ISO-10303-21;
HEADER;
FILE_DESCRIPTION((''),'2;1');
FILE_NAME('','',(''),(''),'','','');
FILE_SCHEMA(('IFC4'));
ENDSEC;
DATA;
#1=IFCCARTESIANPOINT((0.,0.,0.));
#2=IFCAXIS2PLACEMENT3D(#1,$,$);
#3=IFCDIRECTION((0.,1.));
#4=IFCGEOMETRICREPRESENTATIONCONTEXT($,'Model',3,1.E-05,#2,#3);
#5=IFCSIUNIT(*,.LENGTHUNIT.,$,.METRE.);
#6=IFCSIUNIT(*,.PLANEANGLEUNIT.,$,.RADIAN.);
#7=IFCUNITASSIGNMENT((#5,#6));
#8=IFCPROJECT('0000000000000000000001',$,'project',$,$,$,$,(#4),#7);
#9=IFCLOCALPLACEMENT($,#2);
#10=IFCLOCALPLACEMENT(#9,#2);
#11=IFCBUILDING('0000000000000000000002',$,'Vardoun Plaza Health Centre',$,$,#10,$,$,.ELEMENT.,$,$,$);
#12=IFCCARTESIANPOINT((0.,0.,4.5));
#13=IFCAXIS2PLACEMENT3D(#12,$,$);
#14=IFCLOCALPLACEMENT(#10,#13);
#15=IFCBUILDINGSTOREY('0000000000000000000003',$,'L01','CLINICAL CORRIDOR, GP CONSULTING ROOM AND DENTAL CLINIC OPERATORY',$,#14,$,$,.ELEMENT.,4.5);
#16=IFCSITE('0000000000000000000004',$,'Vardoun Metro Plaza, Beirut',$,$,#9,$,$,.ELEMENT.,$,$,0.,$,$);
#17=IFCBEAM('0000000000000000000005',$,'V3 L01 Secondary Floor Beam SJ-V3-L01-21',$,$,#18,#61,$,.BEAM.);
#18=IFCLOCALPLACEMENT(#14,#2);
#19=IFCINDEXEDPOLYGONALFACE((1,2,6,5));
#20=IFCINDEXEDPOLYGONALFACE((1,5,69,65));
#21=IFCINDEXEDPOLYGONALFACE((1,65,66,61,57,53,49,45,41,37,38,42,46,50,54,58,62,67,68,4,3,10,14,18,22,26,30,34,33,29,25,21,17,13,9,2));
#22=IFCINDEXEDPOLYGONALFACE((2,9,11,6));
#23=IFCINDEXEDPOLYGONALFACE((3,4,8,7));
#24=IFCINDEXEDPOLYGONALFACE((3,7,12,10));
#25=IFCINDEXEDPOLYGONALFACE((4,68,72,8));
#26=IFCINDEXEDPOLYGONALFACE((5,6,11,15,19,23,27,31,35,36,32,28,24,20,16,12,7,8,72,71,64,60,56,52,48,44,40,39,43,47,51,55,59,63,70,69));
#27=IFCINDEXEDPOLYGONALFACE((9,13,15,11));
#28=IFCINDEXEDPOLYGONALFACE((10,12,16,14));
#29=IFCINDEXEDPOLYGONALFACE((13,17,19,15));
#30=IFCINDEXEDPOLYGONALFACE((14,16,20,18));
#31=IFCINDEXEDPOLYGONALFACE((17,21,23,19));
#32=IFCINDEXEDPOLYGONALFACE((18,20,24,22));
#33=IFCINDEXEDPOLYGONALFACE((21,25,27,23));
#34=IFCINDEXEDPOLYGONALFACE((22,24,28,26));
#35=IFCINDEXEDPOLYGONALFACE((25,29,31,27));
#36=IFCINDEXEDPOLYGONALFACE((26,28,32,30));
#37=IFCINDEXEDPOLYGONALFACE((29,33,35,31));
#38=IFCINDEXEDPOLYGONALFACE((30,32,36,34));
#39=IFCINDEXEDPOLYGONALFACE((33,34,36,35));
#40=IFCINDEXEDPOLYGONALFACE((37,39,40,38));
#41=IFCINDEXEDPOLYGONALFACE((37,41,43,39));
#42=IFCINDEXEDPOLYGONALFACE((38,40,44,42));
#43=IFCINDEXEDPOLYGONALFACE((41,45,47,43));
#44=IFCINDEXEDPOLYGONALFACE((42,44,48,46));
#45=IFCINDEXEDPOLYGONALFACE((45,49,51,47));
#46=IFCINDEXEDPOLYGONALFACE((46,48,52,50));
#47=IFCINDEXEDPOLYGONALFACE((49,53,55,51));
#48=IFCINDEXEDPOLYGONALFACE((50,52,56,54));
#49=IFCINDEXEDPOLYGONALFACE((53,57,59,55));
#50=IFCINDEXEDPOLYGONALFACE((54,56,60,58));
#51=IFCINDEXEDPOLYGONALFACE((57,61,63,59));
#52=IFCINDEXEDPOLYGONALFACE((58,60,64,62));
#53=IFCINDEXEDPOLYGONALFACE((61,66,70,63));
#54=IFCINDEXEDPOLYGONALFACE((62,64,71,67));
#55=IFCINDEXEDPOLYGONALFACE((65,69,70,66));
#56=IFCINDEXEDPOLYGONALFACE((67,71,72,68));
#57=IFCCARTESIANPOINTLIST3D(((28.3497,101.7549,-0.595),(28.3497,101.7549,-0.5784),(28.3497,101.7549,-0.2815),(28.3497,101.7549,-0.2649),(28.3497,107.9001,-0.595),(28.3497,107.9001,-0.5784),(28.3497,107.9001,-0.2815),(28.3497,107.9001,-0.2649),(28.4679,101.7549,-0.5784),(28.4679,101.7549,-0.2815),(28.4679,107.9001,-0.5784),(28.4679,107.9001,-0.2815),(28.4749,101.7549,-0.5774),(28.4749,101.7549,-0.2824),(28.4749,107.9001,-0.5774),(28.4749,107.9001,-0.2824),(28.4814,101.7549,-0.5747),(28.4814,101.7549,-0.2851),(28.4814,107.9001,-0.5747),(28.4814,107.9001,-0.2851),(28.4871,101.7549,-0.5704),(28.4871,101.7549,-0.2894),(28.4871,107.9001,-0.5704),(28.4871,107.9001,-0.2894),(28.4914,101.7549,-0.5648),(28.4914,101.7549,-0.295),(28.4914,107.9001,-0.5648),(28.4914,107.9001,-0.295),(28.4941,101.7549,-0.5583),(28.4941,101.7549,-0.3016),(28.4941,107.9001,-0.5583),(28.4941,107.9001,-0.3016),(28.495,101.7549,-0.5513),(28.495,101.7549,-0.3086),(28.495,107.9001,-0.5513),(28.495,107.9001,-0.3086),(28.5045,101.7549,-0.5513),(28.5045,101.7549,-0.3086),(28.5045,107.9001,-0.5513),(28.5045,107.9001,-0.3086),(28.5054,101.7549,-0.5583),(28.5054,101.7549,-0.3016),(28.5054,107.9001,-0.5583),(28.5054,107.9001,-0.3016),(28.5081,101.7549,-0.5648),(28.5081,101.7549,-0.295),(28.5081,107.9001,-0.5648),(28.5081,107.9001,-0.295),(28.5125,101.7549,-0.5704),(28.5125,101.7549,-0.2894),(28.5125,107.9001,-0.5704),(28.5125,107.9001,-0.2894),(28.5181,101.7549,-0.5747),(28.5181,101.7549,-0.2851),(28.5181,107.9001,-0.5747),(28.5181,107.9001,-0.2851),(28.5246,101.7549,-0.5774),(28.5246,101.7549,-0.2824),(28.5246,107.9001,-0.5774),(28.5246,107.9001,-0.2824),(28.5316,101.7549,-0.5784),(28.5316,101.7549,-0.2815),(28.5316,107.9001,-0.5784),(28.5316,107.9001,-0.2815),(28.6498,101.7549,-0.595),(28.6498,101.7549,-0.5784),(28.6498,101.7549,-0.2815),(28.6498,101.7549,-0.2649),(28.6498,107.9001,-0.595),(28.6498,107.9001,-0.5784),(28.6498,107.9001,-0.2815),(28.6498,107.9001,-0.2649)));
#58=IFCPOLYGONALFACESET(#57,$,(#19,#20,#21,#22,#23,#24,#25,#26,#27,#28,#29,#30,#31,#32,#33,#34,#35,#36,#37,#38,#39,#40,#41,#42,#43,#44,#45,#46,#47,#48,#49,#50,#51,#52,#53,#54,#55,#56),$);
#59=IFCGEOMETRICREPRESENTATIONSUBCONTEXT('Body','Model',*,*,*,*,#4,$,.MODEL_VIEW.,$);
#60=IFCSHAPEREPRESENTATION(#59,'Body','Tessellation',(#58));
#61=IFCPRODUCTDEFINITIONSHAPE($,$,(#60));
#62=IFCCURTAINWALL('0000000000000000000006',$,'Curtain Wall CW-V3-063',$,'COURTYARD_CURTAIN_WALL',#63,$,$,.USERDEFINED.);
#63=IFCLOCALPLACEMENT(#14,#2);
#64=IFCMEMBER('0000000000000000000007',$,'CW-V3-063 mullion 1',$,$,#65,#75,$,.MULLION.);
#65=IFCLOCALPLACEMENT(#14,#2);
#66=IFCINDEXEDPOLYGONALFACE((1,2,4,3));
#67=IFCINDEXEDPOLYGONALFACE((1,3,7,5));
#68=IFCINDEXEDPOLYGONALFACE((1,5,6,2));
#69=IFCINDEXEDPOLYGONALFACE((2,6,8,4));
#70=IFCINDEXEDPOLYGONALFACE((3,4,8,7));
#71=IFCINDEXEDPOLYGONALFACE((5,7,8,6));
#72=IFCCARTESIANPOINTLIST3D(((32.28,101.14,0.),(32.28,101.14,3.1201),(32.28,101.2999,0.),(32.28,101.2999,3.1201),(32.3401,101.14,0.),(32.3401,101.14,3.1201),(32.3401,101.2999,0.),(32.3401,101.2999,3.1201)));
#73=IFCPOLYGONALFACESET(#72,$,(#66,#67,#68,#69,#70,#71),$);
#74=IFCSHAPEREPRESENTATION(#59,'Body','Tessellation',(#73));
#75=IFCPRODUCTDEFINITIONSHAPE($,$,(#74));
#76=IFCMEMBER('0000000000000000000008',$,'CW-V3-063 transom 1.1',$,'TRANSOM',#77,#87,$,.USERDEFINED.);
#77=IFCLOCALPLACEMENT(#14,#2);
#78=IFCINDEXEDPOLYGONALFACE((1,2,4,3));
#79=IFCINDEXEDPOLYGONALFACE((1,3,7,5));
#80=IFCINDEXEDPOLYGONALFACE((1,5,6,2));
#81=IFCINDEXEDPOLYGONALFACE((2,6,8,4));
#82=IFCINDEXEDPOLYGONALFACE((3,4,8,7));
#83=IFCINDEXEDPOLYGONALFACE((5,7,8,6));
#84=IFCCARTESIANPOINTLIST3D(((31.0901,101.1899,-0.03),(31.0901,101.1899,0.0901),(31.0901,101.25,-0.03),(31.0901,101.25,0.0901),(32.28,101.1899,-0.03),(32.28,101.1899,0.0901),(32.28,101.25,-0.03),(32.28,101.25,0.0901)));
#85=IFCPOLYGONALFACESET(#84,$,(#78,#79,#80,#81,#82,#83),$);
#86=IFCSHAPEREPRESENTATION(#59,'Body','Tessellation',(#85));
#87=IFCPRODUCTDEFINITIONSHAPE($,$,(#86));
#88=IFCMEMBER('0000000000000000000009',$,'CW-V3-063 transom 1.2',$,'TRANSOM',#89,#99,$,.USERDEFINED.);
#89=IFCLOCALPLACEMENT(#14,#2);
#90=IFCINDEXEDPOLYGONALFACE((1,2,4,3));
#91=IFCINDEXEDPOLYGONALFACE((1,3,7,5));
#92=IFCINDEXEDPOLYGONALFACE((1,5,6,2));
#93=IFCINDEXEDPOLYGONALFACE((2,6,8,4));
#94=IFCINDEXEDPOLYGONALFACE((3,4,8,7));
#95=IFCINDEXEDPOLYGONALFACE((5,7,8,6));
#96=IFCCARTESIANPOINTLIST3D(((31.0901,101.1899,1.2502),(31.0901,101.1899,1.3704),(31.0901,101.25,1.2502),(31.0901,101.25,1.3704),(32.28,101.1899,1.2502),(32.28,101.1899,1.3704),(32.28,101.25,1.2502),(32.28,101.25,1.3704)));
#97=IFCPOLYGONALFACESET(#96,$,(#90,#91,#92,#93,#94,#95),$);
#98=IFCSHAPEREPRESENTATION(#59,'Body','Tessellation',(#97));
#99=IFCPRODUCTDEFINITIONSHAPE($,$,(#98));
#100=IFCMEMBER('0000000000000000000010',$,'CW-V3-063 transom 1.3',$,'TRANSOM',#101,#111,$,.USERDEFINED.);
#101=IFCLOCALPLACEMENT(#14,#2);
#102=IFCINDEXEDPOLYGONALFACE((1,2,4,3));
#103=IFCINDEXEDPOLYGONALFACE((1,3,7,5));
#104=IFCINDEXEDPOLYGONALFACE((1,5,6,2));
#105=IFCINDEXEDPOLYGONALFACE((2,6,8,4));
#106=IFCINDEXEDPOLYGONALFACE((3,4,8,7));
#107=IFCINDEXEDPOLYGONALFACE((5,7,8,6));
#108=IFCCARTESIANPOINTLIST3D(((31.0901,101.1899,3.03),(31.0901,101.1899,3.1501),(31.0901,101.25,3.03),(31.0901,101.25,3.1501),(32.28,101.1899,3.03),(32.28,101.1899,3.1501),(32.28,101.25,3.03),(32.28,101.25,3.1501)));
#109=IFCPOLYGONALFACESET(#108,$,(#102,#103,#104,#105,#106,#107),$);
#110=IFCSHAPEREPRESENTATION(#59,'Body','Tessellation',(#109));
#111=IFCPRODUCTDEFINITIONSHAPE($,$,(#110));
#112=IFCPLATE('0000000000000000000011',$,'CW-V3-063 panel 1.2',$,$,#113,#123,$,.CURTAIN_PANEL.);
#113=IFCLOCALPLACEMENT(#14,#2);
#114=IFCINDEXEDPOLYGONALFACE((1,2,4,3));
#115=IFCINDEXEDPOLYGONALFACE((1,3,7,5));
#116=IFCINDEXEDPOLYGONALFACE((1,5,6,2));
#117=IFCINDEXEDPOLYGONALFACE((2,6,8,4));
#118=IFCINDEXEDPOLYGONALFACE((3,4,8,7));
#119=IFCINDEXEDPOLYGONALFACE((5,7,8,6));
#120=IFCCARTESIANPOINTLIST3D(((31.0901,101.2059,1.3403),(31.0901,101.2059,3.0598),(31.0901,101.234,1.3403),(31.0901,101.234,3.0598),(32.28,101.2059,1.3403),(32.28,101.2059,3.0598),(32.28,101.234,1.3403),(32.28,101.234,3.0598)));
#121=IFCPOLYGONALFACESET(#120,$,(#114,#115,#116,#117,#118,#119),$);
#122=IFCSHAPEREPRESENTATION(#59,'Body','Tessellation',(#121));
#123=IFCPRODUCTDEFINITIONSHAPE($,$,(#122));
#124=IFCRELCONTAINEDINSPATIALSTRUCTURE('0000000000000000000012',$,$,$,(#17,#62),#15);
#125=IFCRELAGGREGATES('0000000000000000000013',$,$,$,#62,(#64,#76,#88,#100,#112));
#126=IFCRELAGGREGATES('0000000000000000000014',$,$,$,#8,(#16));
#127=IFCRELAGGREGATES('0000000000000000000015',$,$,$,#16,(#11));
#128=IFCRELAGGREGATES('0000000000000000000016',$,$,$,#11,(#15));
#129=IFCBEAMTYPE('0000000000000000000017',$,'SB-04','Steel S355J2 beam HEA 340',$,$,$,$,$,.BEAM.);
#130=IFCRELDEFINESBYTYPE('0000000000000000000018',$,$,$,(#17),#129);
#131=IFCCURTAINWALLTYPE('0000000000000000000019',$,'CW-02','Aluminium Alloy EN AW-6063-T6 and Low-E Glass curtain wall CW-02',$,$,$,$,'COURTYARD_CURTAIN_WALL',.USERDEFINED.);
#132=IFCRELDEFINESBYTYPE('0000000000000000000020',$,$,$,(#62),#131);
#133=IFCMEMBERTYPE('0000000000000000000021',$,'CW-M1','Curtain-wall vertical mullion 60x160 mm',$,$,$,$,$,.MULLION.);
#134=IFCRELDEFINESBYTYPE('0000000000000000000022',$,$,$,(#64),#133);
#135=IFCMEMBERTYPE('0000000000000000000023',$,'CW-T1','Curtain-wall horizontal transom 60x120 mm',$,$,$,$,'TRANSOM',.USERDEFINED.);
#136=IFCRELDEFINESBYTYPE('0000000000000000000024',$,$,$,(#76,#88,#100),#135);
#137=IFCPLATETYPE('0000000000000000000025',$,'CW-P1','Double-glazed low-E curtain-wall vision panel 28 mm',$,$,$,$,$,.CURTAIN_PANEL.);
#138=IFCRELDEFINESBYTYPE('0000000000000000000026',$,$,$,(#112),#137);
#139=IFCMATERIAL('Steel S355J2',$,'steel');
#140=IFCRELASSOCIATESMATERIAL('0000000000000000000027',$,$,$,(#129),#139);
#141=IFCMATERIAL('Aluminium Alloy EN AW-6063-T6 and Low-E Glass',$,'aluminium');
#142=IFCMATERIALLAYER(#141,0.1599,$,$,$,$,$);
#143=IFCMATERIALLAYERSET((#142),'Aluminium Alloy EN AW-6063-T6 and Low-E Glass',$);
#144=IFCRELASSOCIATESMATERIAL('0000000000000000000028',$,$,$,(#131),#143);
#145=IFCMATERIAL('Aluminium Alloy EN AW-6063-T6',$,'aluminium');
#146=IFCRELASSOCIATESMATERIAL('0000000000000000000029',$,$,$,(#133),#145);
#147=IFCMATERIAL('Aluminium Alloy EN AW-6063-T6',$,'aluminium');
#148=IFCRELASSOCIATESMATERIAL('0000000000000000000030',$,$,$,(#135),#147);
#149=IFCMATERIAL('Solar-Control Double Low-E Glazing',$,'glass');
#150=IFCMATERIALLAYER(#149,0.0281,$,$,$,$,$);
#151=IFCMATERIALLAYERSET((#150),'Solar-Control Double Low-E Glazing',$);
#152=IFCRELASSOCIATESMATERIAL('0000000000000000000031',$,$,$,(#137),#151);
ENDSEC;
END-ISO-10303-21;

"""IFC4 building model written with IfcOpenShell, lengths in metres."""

from ifc_helpers import new_model, si_unit, direction, frame, origin, origin_2d, place, context, subcontext, project, spatial, rectangle, i_section, extrude, material, layer, layer_set, material_profile, profile_set, type_object, element, aggregate, save


model = new_model("IFC4")

# Units and contexts
model_context = context("Model", 3, precision=1e-05, world=origin(), true_north=direction((0.0, 1.0)))
body_context = subcontext(model_context, "Body", "Model", "MODEL_VIEW")
ifc_project = project(units=[si_unit("LENGTHUNIT", "METRE"), si_unit("PLANEANGLEUNIT", "RADIAN")], contexts=[model_context])

# Site, building, storey
site_placement = place(None, origin())
site = spatial("IfcSite", under=ifc_project, at=site_placement, Name="Vardoun Metro Plaza, Beirut", CompositionType="ELEMENT", RefElevation=0.0)
building_placement = place(site_placement, origin())
building = spatial("IfcBuilding", under=site, at=building_placement, Name="Vardoun Plaza Health Centre", CompositionType="ELEMENT")
storey_placement = place(building_placement, frame((0.0, 0.0, 4.5)))
storey = spatial("IfcBuildingStorey", under=building, at=storey_placement, Name="L01", Description="CLINICAL CORRIDOR, GP CONSULTING ROOM AND DENTAL CLINIC OPERATORY", CompositionType="ELEMENT", Elevation=4.5)

# Beam
ifc_material_1 = material(Name="Steel S355J2", Category="steel")
ifc_material_profile_1 = material_profile(ifc_material_1, i_section(OverallWidth=0.3, OverallDepth=0.3301, WebThickness=0.0095, FlangeThickness=0.0166, FilletRadius=0.0271, at=origin_2d()), Name="HEA 340")
ifc_profile_set_1 = profile_set([ifc_material_profile_1], Name="Steel S355J2")
beam_type_1 = type_object("IfcBeamType", Name="SB-04", Description="Steel S355J2 beam HEA 340", PredefinedType="BEAM", material=ifc_profile_set_1)
beam_1_placement = place(storey_placement, frame((28.4998, 101.7549, -0.4299), z_axis=(0.0, 1.0, 0.0), x_axis=(-1.0, 0.0, 0.0)))
element("IfcBeam", 1, at=beam_1_placement, inside=storey, type_object=beam_type_1, Name="V3 L01 Secondary Floor Beam SJ-V3-L01-21", PredefinedType="BEAM", context=body_context, shape_type="SweptSolid", body=[
    extrude(i_section(OverallWidth=0.3, OverallDepth=0.3301, WebThickness=0.0095, FlangeThickness=0.0166, FilletRadius=0.0271, at=origin_2d()), origin(), (0.0, 0.0, 1.0), 6.1453),
])

# Curtain wall, members, plate
ifc_material_2 = material(Name="Aluminium Alloy EN AW-6063-T6 and Low-E Glass", Category="aluminium")
ifc_layer_1 = layer(ifc_material_2, 0.1599)
ifc_layer_set_1 = layer_set([ifc_layer_1], Name="Aluminium Alloy EN AW-6063-T6 and Low-E Glass")
curtain_wall_type = type_object("IfcCurtainWallType", Name="CW-02", Description="Aluminium Alloy EN AW-6063-T6 and Low-E Glass curtain wall CW-02", ElementType="COURTYARD_CURTAIN_WALL", PredefinedType="USERDEFINED", material=ifc_layer_set_1)
curtain_wall_placement = place(storey_placement, origin())
curtain_wall = element("IfcCurtainWall", 2, at=curtain_wall_placement, inside=storey, type_object=curtain_wall_type, Name="Curtain Wall CW-V3-063", ObjectType="COURTYARD_CURTAIN_WALL", PredefinedType="USERDEFINED")
ifc_material_3 = material(Name="Aluminium Alloy EN AW-6063-T6", Category="aluminium")
ifc_material_profile_2 = material_profile(ifc_material_3, rectangle(XDim=0.1599, YDim=0.0601, at=origin_2d()), Name="CWM 60x160")
ifc_profile_set_2 = profile_set([ifc_material_profile_2], Name="Aluminium Alloy EN AW-6063-T6")
member_type_1 = type_object("IfcMemberType", Name="CW-M1", Description="Curtain-wall vertical mullion 60x160 mm", PredefinedType="MULLION", material=ifc_profile_set_2)
member_1_placement = place(storey_placement, frame((32.3101, 101.22, 0.0), z_axis=(0.0, 0.0, 1.0), x_axis=(0.0, -1.0, 0.0)))
member_1 = element("IfcMember", 3, at=member_1_placement, type_object=member_type_1, Name="CW-V3-063 mullion 1", PredefinedType="MULLION", context=body_context, shape_type="SweptSolid", body=[
    extrude(rectangle(XDim=0.1599, YDim=0.0601, at=origin_2d()), origin(), (0.0, 0.0, 1.0), 3.1201),
])
ifc_material_4 = material(Name="Aluminium Alloy EN AW-6063-T6", Category="aluminium")
ifc_material_profile_3 = material_profile(ifc_material_4, rectangle(XDim=0.0601, YDim=0.1201, at=origin_2d()), Name="CWT 60x120")
ifc_profile_set_3 = profile_set([ifc_material_profile_3], Name="Aluminium Alloy EN AW-6063-T6")
member_type_2 = type_object("IfcMemberType", Name="CW-T1", Description="Curtain-wall horizontal transom 60x120 mm", ElementType="TRANSOM", PredefinedType="USERDEFINED", material=ifc_profile_set_3)
member_2_placement = place(storey_placement, frame((32.28, 101.22, 0.03), z_axis=(-1.0, 0.0, 0.0), x_axis=(0.0, -1.0, 0.0)))
member_2 = element("IfcMember", 4, at=member_2_placement, type_object=member_type_2, Name="CW-V3-063 transom 1.1", ObjectType="TRANSOM", PredefinedType="USERDEFINED", context=body_context, shape_type="SweptSolid", body=[
    extrude(rectangle(XDim=0.0601, YDim=0.1201, at=origin_2d()), origin(), (0.0, 0.0, 1.0), 1.1899),
])
member_3_placement = place(storey_placement, frame((32.28, 101.22, 1.3103), z_axis=(-1.0, 0.0, 0.0), x_axis=(0.0, -1.0, 0.0)))
member_3 = element("IfcMember", 5, at=member_3_placement, type_object=member_type_2, Name="CW-V3-063 transom 1.2", ObjectType="TRANSOM", PredefinedType="USERDEFINED", context=body_context, shape_type="SweptSolid", body=[
    extrude(rectangle(XDim=0.0601, YDim=0.1201, at=origin_2d()), origin(), (0.0, 0.0, 1.0), 1.1899),
])
member_4_placement = place(storey_placement, frame((32.28, 101.22, 3.0901), z_axis=(-1.0, 0.0, 0.0), x_axis=(0.0, -1.0, 0.0)))
member_4 = element("IfcMember", 6, at=member_4_placement, type_object=member_type_2, Name="CW-V3-063 transom 1.3", ObjectType="TRANSOM", PredefinedType="USERDEFINED", context=body_context, shape_type="SweptSolid", body=[
    extrude(rectangle(XDim=0.0601, YDim=0.1201, at=origin_2d()), origin(), (0.0, 0.0, 1.0), 1.1899),
])
ifc_material_5 = material(Name="Solar-Control Double Low-E Glazing", Category="glass")
ifc_layer_2 = layer(ifc_material_5, 0.0281)
ifc_layer_set_2 = layer_set([ifc_layer_2], Name="Solar-Control Double Low-E Glazing")
plate_type = type_object("IfcPlateType", Name="CW-P1", Description="Double-glazed low-E curtain-wall vision panel 28 mm", PredefinedType="CURTAIN_PANEL", material=ifc_layer_set_2)
plate_placement = place(storey_placement, frame((31.6851, 101.22, 1.3403), z_axis=(0.0, 0.0, 1.0), x_axis=(-1.0, 0.0, 0.0)))
plate = element("IfcPlate", 7, at=plate_placement, type_object=plate_type, Name="CW-V3-063 panel 1.2", PredefinedType="CURTAIN_PANEL", context=body_context, shape_type="SweptSolid", body=[
    extrude(rectangle(XDim=1.1899, YDim=0.0281, at=origin_2d()), origin(), (0.0, 0.0, 1.0), 1.7195),
])
aggregate(curtain_wall, [member_1, member_2, member_3, member_4, plate])

save(model, "model.ifc")
